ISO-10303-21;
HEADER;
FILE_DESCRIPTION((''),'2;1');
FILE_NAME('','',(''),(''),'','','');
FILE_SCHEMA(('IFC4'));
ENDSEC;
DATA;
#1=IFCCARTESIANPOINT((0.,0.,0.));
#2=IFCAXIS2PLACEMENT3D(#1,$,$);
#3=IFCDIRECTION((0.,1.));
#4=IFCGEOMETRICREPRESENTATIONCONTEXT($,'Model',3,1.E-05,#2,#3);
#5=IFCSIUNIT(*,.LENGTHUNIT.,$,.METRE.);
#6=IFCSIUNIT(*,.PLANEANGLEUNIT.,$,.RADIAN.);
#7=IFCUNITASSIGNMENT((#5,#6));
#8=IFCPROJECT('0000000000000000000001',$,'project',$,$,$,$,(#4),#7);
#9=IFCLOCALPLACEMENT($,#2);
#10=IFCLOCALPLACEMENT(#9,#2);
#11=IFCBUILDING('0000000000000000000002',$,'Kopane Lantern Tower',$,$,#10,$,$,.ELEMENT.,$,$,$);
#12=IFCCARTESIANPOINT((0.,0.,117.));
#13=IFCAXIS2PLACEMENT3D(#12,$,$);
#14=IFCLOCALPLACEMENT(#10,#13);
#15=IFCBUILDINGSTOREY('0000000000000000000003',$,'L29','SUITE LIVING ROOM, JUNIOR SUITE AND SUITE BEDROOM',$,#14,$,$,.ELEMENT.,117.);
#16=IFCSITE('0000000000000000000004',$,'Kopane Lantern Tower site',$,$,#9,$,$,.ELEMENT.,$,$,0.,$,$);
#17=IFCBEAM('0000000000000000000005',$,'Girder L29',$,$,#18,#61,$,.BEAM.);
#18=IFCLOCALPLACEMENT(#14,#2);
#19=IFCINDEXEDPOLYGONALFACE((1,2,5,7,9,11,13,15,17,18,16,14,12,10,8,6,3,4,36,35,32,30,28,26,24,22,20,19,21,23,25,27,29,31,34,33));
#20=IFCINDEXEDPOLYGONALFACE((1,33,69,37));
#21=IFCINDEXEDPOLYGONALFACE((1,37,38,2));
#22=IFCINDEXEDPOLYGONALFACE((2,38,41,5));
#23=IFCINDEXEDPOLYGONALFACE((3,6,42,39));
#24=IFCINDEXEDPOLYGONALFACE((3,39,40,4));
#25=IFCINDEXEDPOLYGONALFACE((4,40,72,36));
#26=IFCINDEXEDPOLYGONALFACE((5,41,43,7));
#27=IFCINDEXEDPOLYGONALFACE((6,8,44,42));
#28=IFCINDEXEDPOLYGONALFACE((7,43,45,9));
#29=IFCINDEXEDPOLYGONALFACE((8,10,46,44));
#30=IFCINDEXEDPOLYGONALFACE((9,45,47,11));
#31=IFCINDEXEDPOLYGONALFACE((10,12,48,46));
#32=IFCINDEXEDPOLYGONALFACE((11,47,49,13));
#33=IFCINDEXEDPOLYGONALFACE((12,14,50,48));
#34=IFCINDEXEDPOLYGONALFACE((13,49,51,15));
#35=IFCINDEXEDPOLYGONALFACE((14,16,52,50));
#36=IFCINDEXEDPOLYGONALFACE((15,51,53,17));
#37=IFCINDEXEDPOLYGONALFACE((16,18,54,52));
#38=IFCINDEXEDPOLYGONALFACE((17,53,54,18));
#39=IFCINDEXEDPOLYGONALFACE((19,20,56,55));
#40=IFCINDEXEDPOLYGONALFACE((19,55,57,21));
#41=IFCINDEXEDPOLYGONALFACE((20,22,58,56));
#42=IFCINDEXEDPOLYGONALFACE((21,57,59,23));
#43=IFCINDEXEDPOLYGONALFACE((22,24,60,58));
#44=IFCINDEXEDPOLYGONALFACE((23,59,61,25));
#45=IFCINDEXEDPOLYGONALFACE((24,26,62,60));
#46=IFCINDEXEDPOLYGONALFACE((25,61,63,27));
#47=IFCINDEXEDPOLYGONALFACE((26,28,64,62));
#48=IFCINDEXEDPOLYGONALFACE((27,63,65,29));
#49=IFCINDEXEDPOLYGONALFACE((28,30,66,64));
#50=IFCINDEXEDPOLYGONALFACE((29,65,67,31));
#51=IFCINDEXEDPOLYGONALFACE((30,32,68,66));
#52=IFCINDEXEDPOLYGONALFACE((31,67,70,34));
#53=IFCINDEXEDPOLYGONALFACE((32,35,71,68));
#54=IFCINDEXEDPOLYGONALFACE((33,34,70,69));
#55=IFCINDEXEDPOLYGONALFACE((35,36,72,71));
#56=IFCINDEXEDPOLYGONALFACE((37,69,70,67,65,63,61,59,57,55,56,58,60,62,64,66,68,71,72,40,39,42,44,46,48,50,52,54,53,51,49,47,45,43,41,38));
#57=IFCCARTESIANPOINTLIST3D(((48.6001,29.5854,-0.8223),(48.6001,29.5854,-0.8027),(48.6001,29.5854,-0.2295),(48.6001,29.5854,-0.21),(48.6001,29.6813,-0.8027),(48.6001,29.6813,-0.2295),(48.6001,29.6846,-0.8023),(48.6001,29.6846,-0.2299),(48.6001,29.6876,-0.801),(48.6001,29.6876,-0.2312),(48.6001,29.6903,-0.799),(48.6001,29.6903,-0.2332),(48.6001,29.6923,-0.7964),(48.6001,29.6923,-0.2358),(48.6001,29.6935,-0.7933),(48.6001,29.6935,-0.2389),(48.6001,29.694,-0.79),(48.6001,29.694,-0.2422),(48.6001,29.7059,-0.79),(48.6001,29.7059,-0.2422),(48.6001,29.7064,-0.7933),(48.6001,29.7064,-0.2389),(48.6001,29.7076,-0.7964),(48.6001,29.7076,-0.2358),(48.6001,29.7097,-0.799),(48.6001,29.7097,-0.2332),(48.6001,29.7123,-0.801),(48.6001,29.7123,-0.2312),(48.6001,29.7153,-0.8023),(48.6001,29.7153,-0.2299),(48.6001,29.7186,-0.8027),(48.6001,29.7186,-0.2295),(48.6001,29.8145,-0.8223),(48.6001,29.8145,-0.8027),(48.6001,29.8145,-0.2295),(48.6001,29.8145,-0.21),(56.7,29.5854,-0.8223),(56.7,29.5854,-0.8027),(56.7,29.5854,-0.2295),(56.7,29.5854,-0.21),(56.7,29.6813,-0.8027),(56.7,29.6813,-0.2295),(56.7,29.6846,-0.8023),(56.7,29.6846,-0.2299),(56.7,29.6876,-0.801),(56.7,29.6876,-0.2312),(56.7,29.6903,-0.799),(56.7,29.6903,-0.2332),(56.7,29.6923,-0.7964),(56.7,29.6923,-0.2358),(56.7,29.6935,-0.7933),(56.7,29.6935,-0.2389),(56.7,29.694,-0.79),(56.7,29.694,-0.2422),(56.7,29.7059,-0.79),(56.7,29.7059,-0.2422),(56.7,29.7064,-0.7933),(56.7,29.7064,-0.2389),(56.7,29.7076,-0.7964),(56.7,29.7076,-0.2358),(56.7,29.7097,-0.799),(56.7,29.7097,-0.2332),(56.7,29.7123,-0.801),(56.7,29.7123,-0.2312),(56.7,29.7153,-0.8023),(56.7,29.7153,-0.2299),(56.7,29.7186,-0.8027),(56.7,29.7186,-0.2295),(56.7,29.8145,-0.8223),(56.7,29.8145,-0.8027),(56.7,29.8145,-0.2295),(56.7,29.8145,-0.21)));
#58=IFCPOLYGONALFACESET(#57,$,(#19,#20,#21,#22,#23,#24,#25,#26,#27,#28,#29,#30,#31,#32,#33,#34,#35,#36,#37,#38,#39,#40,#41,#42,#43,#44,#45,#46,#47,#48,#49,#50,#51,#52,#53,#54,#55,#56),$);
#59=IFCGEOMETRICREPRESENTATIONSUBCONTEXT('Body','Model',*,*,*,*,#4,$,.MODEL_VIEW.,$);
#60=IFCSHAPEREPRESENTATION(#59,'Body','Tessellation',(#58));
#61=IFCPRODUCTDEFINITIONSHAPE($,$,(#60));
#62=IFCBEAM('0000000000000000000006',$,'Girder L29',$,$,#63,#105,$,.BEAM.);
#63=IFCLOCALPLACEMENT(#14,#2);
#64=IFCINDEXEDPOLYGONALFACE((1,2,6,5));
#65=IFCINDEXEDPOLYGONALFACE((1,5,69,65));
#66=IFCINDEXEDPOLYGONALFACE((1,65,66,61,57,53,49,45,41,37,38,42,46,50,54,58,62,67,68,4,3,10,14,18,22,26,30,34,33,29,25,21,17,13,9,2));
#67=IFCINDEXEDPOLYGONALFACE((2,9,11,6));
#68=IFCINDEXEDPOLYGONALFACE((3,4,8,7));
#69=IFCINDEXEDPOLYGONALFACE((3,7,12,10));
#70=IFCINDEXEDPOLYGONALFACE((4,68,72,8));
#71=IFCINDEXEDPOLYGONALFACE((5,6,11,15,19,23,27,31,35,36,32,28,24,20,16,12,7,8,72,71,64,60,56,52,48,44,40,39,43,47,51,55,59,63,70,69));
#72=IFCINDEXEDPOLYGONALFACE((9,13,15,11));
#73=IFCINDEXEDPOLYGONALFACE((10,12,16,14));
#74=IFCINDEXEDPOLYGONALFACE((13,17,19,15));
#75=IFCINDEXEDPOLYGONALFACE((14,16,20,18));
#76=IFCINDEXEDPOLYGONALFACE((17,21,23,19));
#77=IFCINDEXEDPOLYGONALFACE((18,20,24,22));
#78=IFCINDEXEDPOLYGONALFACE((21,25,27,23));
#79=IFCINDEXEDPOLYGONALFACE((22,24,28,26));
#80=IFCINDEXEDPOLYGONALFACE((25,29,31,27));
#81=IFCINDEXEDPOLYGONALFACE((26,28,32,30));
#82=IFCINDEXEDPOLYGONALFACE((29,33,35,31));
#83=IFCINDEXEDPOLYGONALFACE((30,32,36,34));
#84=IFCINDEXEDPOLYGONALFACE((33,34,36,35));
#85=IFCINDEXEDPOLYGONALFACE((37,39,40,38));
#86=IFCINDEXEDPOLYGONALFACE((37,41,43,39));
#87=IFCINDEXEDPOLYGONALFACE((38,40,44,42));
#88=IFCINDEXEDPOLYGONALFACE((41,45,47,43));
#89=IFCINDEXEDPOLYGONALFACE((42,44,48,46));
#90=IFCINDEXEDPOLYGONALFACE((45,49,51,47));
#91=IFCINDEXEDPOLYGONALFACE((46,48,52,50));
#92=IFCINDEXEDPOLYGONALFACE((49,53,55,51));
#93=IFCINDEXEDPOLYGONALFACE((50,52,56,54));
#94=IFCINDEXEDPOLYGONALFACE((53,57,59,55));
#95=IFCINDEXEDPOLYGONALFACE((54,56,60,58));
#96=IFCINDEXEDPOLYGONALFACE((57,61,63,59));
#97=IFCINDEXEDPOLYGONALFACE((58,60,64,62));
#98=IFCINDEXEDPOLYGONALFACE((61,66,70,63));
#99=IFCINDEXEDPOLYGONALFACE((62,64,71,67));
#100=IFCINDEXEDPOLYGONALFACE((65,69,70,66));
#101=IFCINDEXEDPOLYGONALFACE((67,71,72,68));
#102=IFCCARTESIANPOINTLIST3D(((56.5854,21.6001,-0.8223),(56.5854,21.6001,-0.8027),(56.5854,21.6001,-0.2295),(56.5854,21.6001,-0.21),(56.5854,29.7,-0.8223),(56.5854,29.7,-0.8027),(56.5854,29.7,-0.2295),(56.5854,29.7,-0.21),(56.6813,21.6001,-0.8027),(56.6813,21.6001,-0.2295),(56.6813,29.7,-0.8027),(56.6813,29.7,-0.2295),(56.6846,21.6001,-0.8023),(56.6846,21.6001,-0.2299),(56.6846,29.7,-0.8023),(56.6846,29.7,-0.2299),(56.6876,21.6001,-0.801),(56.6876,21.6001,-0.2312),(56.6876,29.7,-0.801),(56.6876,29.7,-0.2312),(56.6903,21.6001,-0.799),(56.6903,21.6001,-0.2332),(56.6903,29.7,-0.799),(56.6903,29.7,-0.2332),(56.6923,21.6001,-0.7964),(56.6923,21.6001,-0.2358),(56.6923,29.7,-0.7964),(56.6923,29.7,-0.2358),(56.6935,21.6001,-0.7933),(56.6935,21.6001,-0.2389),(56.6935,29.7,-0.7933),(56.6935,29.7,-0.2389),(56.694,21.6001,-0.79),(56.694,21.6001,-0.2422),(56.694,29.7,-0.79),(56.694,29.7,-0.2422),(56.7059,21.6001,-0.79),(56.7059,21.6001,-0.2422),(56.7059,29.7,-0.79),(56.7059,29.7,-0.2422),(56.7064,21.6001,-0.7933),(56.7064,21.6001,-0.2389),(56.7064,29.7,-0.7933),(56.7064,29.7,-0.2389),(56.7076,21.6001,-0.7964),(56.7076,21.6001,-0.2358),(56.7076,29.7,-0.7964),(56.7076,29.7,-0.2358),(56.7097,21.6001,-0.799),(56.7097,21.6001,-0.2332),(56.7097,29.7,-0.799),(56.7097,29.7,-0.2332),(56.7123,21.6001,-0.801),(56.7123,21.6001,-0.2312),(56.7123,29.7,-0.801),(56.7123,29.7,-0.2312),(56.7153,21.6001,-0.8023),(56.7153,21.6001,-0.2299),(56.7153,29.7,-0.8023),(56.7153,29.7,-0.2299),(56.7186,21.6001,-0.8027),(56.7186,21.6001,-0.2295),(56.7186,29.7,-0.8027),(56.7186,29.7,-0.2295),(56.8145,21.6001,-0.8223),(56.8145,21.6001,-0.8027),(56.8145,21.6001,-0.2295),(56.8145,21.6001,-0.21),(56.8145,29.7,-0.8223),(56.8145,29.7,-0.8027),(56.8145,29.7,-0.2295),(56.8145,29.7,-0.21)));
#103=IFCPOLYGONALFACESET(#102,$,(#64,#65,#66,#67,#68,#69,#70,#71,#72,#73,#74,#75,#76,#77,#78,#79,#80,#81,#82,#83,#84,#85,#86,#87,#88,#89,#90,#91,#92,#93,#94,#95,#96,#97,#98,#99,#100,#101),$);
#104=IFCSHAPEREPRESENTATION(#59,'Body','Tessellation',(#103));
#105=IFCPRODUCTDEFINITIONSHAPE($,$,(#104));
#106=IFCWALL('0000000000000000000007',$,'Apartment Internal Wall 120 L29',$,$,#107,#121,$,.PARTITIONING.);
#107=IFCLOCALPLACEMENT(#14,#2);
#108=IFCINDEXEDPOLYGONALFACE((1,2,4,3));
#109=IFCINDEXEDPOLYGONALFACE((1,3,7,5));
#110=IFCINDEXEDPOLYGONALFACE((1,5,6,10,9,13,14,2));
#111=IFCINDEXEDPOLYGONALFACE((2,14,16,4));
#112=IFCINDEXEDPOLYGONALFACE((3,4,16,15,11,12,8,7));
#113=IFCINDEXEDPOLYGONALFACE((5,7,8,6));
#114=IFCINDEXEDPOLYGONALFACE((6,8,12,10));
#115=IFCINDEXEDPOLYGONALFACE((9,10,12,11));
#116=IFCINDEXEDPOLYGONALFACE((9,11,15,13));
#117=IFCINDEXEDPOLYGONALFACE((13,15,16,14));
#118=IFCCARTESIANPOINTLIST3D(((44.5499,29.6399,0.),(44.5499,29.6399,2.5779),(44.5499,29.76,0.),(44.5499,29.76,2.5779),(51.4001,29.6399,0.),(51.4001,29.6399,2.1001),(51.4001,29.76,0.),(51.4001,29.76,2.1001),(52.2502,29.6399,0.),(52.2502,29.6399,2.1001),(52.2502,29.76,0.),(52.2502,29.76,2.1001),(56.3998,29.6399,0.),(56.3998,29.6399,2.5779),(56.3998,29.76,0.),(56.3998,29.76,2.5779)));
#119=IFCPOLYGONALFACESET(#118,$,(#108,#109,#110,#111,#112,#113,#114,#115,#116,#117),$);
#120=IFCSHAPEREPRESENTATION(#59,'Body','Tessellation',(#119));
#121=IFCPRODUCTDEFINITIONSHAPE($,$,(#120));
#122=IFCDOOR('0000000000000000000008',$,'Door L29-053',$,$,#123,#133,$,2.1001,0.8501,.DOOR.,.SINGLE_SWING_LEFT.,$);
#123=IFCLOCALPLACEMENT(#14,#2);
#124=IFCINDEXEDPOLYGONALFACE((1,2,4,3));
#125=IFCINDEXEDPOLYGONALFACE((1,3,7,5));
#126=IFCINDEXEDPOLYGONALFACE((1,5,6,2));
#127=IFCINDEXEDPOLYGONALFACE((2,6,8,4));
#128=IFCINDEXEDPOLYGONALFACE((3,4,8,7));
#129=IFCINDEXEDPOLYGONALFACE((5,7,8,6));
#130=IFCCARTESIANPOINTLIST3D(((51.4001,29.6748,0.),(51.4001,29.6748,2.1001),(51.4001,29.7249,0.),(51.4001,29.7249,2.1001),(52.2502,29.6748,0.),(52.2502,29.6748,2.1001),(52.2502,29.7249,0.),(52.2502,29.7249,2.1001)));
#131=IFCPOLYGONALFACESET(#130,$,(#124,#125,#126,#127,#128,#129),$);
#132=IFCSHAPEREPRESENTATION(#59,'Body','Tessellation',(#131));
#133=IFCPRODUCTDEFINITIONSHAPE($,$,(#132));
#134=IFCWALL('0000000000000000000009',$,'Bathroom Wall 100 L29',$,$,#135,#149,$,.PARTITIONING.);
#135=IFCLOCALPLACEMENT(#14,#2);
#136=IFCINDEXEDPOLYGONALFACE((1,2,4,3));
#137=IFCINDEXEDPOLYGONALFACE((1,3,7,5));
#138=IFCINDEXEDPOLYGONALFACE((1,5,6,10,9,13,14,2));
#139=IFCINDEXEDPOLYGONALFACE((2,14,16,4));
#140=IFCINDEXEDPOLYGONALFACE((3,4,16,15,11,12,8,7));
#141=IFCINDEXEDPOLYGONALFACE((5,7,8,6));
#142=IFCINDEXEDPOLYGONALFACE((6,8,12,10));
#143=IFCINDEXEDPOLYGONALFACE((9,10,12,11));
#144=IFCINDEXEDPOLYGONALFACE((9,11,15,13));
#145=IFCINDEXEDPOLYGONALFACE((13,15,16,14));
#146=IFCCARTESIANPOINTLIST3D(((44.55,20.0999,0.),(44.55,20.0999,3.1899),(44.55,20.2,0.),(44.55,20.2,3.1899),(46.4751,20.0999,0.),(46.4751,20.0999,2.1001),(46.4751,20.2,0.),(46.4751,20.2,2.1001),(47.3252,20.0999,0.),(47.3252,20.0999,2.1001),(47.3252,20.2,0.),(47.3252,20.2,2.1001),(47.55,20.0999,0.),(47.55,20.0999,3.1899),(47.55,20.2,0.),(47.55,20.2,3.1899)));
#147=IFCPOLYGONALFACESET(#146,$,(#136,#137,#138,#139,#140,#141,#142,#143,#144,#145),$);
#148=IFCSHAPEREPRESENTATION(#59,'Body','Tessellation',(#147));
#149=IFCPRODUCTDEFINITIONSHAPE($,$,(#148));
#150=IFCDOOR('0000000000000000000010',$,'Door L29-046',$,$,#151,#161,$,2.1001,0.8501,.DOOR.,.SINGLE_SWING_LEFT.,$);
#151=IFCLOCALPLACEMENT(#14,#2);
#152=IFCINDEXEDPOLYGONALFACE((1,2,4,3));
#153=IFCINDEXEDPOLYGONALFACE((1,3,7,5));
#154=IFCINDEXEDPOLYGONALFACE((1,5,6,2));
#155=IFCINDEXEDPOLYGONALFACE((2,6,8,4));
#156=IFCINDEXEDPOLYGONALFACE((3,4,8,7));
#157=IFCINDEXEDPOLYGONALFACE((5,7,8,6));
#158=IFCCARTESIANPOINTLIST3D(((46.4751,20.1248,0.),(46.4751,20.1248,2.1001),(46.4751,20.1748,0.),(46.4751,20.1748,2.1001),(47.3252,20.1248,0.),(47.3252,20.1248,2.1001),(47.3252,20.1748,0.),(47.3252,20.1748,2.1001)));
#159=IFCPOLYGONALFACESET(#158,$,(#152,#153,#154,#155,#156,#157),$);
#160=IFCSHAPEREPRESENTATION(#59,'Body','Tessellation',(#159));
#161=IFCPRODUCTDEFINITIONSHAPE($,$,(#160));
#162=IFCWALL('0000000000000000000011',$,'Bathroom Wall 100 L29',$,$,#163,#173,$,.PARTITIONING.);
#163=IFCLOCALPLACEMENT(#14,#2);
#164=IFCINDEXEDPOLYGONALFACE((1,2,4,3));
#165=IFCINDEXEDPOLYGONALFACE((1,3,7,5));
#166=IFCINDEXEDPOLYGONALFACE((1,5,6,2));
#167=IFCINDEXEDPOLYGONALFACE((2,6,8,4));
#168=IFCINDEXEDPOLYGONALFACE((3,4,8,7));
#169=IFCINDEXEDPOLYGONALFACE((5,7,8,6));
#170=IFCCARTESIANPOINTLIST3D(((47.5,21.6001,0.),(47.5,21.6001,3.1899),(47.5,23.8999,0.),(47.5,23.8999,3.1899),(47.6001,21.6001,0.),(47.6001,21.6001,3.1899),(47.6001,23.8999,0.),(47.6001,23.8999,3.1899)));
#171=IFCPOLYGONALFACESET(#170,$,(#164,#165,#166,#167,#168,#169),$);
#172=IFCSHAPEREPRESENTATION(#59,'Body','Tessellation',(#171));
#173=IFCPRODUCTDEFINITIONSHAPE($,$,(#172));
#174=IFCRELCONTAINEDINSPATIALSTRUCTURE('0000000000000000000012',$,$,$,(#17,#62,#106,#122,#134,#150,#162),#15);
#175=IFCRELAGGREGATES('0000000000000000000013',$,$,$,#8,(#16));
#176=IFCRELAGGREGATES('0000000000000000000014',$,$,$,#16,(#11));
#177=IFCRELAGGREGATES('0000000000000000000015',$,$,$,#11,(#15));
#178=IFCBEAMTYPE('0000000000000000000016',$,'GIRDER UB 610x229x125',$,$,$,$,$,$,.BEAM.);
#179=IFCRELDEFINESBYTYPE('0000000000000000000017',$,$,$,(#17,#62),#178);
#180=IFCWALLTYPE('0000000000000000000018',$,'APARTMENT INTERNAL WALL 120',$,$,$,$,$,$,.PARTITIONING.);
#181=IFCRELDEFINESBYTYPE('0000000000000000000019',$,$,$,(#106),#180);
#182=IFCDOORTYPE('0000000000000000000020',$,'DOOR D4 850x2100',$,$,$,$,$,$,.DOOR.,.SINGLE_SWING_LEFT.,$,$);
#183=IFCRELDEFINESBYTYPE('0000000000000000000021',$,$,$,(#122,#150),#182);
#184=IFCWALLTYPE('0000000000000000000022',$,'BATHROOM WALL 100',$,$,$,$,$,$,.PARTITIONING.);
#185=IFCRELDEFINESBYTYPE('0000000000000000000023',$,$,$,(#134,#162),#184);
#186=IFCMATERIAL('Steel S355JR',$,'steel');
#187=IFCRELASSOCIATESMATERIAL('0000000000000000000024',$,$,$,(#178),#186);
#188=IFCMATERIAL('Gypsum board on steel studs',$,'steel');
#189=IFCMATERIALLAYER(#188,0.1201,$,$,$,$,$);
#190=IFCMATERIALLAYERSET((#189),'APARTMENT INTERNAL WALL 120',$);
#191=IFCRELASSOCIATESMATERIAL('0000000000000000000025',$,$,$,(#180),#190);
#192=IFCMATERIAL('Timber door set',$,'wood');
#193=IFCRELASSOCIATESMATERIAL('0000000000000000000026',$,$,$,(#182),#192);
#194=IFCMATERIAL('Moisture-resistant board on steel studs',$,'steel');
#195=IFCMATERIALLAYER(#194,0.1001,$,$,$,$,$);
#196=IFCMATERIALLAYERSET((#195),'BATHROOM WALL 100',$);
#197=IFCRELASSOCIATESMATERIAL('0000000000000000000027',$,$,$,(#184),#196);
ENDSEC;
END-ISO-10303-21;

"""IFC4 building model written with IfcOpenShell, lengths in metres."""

from ifc_helpers import new_model, si_unit, direction, frame, frame_2d, origin, origin_2d, place, context, subcontext, project, spatial, rectangle, i_section, extrude, material, layer, layer_set, material_profile, profile_set, type_object, element, fill, save


model = new_model("IFC4")

# Units and contexts
model_context = context("Model", 3, precision=1e-05, world=origin(), true_north=direction((0.0, 1.0)))
body_context = subcontext(model_context, "Body", "Model", "MODEL_VIEW")
ifc_project = project(units=[si_unit("LENGTHUNIT", "METRE"), si_unit("PLANEANGLEUNIT", "RADIAN")], contexts=[model_context])

# Site, building, storey
site_placement = place(None, origin())
site = spatial("IfcSite", under=ifc_project, at=site_placement, Name="Kopane Lantern Tower site", CompositionType="ELEMENT", RefElevation=0.0)
building_placement = place(site_placement, origin())
building = spatial("IfcBuilding", under=site, at=building_placement, Name="Kopane Lantern Tower", CompositionType="ELEMENT")
storey_placement = place(building_placement, frame((0.0, 0.0, 117.0)))
storey = spatial("IfcBuildingStorey", under=building, at=storey_placement, Name="L29", Description="SUITE LIVING ROOM, JUNIOR SUITE AND SUITE BEDROOM", CompositionType="ELEMENT", Elevation=117.0)

# Beams
ifc_material_1 = material(Name="Steel S355JR", Category="steel")
ifc_material_profile_1 = material_profile(ifc_material_1, i_section(OverallWidth=0.229, OverallDepth=0.6123, WebThickness=0.012, FlangeThickness=0.0195, FilletRadius=0.0127, at=origin_2d()), Name="UB 610x229x125")
ifc_profile_set_1 = profile_set([ifc_material_profile_1], Name="Steel S355JR")
beam_type = type_object("IfcBeamType", Name="GIRDER UB 610x229x125", PredefinedType="BEAM", material=ifc_profile_set_1)
for number, where, z_axis, x_axis, name in (
    (1, (48.6001, 29.7, -0.5161), (1.0, 0.0, 0.0), (0.0, 1.0, 0.0), "Girder L29"),
    (2, (56.7, 21.6001, -0.5161), (0.0, 1.0, 0.0), (-1.0, 0.0, 0.0), "Girder L29"),
):
    element("IfcBeam", number, at=place(storey_placement, frame(where, z_axis=z_axis, x_axis=x_axis)), inside=storey, type_object=beam_type, Name=name, PredefinedType="BEAM", context=body_context, shape_type="SweptSolid", body=[
        extrude(i_section(OverallWidth=0.229, OverallDepth=0.6123, WebThickness=0.012, FlangeThickness=0.0195, FilletRadius=0.0127, at=origin_2d()), origin(), (0.0, 0.0, 1.0), 8.0999),
    ])

# Walls, openings, doors
ifc_material_2 = material(Name="Gypsum board on steel studs", Category="steel")
ifc_layer_1 = layer(ifc_material_2, 0.1201)
ifc_layer_set_1 = layer_set([ifc_layer_1], Name="APARTMENT INTERNAL WALL 120")
wall_type_1 = type_object("IfcWallType", Name="APARTMENT INTERNAL WALL 120", PredefinedType="PARTITIONING", material=ifc_layer_set_1)
wall_1_placement = place(storey_placement, frame((44.55, 29.7, 0.0), z_axis=(0.0, 0.0, 1.0), x_axis=(1.0, 0.0, 0.0)))
wall_1 = element("IfcWall", 3, at=wall_1_placement, inside=storey, type_object=wall_type_1, Name="Apartment Internal Wall 120 L29", PredefinedType="PARTITIONING", context=body_context, shape_type="SweptSolid", body=[
    extrude(rectangle(XDim=11.8499, YDim=0.1201, at=frame_2d((5.9248, 0.0))), origin(), (0.0, 0.0, 1.0), 2.5779),
])
opening_1_placement = place(wall_1_placement, frame((6.8501, 0.0, 0.0)))
opening_1 = element("IfcOpeningElement", 4, at=opening_1_placement, cuts=wall_1, PredefinedType="OPENING", context=body_context, shape_type="SweptSolid", body=[
    extrude(rectangle(XDim=0.8501, YDim=2.1001, at=frame_2d((0.425, 1.05))), frame((0.0, 0.0701, 0.0), z_axis=(0.0, -1.0, 0.0), x_axis=(1.0, 0.0, 0.0)), (0.0, 0.0, 1.0), 0.1401),
])
ifc_material_3 = material(Name="Timber door set", Category="wood")
door_type_1 = type_object("IfcDoorType", Name="DOOR D4 850x2100", OperationType="SINGLE_SWING_LEFT", PredefinedType="DOOR", material=ifc_material_3)
door_1_placement = place(opening_1_placement, origin())
door_1 = element("IfcDoor", 5, at=door_1_placement, inside=storey, type_object=door_type_1, Name="Door L29-053", OperationType="SINGLE_SWING_LEFT", OverallHeight=2.1001, OverallWidth=0.8501, PredefinedType="DOOR", context=body_context, shape_type="SweptSolid", body=[
    extrude(rectangle(XDim=0.8501, YDim=2.1001, at=frame_2d((0.425, 1.05))), frame((0.0, 0.0249, 0.0), z_axis=(0.0, -1.0, 0.0), x_axis=(1.0, 0.0, 0.0)), (0.0, 0.0, 1.0), 0.05),
])
fill(opening_1, door_1)
ifc_material_4 = material(Name="Moisture-resistant board on steel studs", Category="steel")
ifc_layer_2 = layer(ifc_material_4, 0.1001)
ifc_layer_set_2 = layer_set([ifc_layer_2], Name="BATHROOM WALL 100")
wall_type_2 = type_object("IfcWallType", Name="BATHROOM WALL 100", PredefinedType="PARTITIONING", material=ifc_layer_set_2)
wall_2_placement = place(storey_placement, frame((44.55, 20.1499, 0.0), z_axis=(0.0, 0.0, 1.0), x_axis=(1.0, 0.0, 0.0)))
wall_2 = element("IfcWall", 6, at=wall_2_placement, inside=storey, type_object=wall_type_2, Name="Bathroom Wall 100 L29", PredefinedType="PARTITIONING", context=body_context, shape_type="SweptSolid", body=[
    extrude(rectangle(XDim=3.0, YDim=0.1001, at=frame_2d((1.5, 0.0))), origin(), (0.0, 0.0, 1.0), 3.1899),
])
opening_2_placement = place(wall_2_placement, frame((1.925, 0.0, 0.0)))
opening_2 = element("IfcOpeningElement", 7, at=opening_2_placement, cuts=wall_2, PredefinedType="OPENING", context=body_context, shape_type="SweptSolid", body=[
    extrude(rectangle(XDim=0.8501, YDim=2.1001, at=frame_2d((0.425, 1.05))), frame((0.0, 0.0601, 0.0), z_axis=(0.0, -1.0, 0.0), x_axis=(1.0, 0.0, 0.0)), (0.0, 0.0, 1.0), 0.1201),
])
door_2_placement = place(opening_2_placement, origin())
door_2 = element("IfcDoor", 8, at=door_2_placement, inside=storey, type_object=door_type_1, Name="Door L29-046", OperationType="SINGLE_SWING_LEFT", OverallHeight=2.1001, OverallWidth=0.8501, PredefinedType="DOOR", context=body_context, shape_type="SweptSolid", body=[
    extrude(rectangle(XDim=0.8501, YDim=2.1001, at=frame_2d((0.425, 1.05))), frame((0.0, 0.0249, 0.0), z_axis=(0.0, -1.0, 0.0), x_axis=(1.0, 0.0, 0.0)), (0.0, 0.0, 1.0), 0.05),
])
fill(opening_2, door_2)

# Wall
wall_3_placement = place(storey_placement, frame((47.55, 21.6001, 0.0), z_axis=(0.0, 0.0, 1.0), x_axis=(0.0, 1.0, 0.0)))
element("IfcWall", 9, at=wall_3_placement, inside=storey, type_object=wall_type_2, Name="Bathroom Wall 100 L29", PredefinedType="PARTITIONING", context=body_context, shape_type="SweptSolid", body=[
    extrude(rectangle(XDim=2.2998, YDim=0.1001, at=frame_2d((1.1499, 0.0))), origin(), (0.0, 0.0, 1.0), 3.1899),
])

save(model, "model.ifc")
